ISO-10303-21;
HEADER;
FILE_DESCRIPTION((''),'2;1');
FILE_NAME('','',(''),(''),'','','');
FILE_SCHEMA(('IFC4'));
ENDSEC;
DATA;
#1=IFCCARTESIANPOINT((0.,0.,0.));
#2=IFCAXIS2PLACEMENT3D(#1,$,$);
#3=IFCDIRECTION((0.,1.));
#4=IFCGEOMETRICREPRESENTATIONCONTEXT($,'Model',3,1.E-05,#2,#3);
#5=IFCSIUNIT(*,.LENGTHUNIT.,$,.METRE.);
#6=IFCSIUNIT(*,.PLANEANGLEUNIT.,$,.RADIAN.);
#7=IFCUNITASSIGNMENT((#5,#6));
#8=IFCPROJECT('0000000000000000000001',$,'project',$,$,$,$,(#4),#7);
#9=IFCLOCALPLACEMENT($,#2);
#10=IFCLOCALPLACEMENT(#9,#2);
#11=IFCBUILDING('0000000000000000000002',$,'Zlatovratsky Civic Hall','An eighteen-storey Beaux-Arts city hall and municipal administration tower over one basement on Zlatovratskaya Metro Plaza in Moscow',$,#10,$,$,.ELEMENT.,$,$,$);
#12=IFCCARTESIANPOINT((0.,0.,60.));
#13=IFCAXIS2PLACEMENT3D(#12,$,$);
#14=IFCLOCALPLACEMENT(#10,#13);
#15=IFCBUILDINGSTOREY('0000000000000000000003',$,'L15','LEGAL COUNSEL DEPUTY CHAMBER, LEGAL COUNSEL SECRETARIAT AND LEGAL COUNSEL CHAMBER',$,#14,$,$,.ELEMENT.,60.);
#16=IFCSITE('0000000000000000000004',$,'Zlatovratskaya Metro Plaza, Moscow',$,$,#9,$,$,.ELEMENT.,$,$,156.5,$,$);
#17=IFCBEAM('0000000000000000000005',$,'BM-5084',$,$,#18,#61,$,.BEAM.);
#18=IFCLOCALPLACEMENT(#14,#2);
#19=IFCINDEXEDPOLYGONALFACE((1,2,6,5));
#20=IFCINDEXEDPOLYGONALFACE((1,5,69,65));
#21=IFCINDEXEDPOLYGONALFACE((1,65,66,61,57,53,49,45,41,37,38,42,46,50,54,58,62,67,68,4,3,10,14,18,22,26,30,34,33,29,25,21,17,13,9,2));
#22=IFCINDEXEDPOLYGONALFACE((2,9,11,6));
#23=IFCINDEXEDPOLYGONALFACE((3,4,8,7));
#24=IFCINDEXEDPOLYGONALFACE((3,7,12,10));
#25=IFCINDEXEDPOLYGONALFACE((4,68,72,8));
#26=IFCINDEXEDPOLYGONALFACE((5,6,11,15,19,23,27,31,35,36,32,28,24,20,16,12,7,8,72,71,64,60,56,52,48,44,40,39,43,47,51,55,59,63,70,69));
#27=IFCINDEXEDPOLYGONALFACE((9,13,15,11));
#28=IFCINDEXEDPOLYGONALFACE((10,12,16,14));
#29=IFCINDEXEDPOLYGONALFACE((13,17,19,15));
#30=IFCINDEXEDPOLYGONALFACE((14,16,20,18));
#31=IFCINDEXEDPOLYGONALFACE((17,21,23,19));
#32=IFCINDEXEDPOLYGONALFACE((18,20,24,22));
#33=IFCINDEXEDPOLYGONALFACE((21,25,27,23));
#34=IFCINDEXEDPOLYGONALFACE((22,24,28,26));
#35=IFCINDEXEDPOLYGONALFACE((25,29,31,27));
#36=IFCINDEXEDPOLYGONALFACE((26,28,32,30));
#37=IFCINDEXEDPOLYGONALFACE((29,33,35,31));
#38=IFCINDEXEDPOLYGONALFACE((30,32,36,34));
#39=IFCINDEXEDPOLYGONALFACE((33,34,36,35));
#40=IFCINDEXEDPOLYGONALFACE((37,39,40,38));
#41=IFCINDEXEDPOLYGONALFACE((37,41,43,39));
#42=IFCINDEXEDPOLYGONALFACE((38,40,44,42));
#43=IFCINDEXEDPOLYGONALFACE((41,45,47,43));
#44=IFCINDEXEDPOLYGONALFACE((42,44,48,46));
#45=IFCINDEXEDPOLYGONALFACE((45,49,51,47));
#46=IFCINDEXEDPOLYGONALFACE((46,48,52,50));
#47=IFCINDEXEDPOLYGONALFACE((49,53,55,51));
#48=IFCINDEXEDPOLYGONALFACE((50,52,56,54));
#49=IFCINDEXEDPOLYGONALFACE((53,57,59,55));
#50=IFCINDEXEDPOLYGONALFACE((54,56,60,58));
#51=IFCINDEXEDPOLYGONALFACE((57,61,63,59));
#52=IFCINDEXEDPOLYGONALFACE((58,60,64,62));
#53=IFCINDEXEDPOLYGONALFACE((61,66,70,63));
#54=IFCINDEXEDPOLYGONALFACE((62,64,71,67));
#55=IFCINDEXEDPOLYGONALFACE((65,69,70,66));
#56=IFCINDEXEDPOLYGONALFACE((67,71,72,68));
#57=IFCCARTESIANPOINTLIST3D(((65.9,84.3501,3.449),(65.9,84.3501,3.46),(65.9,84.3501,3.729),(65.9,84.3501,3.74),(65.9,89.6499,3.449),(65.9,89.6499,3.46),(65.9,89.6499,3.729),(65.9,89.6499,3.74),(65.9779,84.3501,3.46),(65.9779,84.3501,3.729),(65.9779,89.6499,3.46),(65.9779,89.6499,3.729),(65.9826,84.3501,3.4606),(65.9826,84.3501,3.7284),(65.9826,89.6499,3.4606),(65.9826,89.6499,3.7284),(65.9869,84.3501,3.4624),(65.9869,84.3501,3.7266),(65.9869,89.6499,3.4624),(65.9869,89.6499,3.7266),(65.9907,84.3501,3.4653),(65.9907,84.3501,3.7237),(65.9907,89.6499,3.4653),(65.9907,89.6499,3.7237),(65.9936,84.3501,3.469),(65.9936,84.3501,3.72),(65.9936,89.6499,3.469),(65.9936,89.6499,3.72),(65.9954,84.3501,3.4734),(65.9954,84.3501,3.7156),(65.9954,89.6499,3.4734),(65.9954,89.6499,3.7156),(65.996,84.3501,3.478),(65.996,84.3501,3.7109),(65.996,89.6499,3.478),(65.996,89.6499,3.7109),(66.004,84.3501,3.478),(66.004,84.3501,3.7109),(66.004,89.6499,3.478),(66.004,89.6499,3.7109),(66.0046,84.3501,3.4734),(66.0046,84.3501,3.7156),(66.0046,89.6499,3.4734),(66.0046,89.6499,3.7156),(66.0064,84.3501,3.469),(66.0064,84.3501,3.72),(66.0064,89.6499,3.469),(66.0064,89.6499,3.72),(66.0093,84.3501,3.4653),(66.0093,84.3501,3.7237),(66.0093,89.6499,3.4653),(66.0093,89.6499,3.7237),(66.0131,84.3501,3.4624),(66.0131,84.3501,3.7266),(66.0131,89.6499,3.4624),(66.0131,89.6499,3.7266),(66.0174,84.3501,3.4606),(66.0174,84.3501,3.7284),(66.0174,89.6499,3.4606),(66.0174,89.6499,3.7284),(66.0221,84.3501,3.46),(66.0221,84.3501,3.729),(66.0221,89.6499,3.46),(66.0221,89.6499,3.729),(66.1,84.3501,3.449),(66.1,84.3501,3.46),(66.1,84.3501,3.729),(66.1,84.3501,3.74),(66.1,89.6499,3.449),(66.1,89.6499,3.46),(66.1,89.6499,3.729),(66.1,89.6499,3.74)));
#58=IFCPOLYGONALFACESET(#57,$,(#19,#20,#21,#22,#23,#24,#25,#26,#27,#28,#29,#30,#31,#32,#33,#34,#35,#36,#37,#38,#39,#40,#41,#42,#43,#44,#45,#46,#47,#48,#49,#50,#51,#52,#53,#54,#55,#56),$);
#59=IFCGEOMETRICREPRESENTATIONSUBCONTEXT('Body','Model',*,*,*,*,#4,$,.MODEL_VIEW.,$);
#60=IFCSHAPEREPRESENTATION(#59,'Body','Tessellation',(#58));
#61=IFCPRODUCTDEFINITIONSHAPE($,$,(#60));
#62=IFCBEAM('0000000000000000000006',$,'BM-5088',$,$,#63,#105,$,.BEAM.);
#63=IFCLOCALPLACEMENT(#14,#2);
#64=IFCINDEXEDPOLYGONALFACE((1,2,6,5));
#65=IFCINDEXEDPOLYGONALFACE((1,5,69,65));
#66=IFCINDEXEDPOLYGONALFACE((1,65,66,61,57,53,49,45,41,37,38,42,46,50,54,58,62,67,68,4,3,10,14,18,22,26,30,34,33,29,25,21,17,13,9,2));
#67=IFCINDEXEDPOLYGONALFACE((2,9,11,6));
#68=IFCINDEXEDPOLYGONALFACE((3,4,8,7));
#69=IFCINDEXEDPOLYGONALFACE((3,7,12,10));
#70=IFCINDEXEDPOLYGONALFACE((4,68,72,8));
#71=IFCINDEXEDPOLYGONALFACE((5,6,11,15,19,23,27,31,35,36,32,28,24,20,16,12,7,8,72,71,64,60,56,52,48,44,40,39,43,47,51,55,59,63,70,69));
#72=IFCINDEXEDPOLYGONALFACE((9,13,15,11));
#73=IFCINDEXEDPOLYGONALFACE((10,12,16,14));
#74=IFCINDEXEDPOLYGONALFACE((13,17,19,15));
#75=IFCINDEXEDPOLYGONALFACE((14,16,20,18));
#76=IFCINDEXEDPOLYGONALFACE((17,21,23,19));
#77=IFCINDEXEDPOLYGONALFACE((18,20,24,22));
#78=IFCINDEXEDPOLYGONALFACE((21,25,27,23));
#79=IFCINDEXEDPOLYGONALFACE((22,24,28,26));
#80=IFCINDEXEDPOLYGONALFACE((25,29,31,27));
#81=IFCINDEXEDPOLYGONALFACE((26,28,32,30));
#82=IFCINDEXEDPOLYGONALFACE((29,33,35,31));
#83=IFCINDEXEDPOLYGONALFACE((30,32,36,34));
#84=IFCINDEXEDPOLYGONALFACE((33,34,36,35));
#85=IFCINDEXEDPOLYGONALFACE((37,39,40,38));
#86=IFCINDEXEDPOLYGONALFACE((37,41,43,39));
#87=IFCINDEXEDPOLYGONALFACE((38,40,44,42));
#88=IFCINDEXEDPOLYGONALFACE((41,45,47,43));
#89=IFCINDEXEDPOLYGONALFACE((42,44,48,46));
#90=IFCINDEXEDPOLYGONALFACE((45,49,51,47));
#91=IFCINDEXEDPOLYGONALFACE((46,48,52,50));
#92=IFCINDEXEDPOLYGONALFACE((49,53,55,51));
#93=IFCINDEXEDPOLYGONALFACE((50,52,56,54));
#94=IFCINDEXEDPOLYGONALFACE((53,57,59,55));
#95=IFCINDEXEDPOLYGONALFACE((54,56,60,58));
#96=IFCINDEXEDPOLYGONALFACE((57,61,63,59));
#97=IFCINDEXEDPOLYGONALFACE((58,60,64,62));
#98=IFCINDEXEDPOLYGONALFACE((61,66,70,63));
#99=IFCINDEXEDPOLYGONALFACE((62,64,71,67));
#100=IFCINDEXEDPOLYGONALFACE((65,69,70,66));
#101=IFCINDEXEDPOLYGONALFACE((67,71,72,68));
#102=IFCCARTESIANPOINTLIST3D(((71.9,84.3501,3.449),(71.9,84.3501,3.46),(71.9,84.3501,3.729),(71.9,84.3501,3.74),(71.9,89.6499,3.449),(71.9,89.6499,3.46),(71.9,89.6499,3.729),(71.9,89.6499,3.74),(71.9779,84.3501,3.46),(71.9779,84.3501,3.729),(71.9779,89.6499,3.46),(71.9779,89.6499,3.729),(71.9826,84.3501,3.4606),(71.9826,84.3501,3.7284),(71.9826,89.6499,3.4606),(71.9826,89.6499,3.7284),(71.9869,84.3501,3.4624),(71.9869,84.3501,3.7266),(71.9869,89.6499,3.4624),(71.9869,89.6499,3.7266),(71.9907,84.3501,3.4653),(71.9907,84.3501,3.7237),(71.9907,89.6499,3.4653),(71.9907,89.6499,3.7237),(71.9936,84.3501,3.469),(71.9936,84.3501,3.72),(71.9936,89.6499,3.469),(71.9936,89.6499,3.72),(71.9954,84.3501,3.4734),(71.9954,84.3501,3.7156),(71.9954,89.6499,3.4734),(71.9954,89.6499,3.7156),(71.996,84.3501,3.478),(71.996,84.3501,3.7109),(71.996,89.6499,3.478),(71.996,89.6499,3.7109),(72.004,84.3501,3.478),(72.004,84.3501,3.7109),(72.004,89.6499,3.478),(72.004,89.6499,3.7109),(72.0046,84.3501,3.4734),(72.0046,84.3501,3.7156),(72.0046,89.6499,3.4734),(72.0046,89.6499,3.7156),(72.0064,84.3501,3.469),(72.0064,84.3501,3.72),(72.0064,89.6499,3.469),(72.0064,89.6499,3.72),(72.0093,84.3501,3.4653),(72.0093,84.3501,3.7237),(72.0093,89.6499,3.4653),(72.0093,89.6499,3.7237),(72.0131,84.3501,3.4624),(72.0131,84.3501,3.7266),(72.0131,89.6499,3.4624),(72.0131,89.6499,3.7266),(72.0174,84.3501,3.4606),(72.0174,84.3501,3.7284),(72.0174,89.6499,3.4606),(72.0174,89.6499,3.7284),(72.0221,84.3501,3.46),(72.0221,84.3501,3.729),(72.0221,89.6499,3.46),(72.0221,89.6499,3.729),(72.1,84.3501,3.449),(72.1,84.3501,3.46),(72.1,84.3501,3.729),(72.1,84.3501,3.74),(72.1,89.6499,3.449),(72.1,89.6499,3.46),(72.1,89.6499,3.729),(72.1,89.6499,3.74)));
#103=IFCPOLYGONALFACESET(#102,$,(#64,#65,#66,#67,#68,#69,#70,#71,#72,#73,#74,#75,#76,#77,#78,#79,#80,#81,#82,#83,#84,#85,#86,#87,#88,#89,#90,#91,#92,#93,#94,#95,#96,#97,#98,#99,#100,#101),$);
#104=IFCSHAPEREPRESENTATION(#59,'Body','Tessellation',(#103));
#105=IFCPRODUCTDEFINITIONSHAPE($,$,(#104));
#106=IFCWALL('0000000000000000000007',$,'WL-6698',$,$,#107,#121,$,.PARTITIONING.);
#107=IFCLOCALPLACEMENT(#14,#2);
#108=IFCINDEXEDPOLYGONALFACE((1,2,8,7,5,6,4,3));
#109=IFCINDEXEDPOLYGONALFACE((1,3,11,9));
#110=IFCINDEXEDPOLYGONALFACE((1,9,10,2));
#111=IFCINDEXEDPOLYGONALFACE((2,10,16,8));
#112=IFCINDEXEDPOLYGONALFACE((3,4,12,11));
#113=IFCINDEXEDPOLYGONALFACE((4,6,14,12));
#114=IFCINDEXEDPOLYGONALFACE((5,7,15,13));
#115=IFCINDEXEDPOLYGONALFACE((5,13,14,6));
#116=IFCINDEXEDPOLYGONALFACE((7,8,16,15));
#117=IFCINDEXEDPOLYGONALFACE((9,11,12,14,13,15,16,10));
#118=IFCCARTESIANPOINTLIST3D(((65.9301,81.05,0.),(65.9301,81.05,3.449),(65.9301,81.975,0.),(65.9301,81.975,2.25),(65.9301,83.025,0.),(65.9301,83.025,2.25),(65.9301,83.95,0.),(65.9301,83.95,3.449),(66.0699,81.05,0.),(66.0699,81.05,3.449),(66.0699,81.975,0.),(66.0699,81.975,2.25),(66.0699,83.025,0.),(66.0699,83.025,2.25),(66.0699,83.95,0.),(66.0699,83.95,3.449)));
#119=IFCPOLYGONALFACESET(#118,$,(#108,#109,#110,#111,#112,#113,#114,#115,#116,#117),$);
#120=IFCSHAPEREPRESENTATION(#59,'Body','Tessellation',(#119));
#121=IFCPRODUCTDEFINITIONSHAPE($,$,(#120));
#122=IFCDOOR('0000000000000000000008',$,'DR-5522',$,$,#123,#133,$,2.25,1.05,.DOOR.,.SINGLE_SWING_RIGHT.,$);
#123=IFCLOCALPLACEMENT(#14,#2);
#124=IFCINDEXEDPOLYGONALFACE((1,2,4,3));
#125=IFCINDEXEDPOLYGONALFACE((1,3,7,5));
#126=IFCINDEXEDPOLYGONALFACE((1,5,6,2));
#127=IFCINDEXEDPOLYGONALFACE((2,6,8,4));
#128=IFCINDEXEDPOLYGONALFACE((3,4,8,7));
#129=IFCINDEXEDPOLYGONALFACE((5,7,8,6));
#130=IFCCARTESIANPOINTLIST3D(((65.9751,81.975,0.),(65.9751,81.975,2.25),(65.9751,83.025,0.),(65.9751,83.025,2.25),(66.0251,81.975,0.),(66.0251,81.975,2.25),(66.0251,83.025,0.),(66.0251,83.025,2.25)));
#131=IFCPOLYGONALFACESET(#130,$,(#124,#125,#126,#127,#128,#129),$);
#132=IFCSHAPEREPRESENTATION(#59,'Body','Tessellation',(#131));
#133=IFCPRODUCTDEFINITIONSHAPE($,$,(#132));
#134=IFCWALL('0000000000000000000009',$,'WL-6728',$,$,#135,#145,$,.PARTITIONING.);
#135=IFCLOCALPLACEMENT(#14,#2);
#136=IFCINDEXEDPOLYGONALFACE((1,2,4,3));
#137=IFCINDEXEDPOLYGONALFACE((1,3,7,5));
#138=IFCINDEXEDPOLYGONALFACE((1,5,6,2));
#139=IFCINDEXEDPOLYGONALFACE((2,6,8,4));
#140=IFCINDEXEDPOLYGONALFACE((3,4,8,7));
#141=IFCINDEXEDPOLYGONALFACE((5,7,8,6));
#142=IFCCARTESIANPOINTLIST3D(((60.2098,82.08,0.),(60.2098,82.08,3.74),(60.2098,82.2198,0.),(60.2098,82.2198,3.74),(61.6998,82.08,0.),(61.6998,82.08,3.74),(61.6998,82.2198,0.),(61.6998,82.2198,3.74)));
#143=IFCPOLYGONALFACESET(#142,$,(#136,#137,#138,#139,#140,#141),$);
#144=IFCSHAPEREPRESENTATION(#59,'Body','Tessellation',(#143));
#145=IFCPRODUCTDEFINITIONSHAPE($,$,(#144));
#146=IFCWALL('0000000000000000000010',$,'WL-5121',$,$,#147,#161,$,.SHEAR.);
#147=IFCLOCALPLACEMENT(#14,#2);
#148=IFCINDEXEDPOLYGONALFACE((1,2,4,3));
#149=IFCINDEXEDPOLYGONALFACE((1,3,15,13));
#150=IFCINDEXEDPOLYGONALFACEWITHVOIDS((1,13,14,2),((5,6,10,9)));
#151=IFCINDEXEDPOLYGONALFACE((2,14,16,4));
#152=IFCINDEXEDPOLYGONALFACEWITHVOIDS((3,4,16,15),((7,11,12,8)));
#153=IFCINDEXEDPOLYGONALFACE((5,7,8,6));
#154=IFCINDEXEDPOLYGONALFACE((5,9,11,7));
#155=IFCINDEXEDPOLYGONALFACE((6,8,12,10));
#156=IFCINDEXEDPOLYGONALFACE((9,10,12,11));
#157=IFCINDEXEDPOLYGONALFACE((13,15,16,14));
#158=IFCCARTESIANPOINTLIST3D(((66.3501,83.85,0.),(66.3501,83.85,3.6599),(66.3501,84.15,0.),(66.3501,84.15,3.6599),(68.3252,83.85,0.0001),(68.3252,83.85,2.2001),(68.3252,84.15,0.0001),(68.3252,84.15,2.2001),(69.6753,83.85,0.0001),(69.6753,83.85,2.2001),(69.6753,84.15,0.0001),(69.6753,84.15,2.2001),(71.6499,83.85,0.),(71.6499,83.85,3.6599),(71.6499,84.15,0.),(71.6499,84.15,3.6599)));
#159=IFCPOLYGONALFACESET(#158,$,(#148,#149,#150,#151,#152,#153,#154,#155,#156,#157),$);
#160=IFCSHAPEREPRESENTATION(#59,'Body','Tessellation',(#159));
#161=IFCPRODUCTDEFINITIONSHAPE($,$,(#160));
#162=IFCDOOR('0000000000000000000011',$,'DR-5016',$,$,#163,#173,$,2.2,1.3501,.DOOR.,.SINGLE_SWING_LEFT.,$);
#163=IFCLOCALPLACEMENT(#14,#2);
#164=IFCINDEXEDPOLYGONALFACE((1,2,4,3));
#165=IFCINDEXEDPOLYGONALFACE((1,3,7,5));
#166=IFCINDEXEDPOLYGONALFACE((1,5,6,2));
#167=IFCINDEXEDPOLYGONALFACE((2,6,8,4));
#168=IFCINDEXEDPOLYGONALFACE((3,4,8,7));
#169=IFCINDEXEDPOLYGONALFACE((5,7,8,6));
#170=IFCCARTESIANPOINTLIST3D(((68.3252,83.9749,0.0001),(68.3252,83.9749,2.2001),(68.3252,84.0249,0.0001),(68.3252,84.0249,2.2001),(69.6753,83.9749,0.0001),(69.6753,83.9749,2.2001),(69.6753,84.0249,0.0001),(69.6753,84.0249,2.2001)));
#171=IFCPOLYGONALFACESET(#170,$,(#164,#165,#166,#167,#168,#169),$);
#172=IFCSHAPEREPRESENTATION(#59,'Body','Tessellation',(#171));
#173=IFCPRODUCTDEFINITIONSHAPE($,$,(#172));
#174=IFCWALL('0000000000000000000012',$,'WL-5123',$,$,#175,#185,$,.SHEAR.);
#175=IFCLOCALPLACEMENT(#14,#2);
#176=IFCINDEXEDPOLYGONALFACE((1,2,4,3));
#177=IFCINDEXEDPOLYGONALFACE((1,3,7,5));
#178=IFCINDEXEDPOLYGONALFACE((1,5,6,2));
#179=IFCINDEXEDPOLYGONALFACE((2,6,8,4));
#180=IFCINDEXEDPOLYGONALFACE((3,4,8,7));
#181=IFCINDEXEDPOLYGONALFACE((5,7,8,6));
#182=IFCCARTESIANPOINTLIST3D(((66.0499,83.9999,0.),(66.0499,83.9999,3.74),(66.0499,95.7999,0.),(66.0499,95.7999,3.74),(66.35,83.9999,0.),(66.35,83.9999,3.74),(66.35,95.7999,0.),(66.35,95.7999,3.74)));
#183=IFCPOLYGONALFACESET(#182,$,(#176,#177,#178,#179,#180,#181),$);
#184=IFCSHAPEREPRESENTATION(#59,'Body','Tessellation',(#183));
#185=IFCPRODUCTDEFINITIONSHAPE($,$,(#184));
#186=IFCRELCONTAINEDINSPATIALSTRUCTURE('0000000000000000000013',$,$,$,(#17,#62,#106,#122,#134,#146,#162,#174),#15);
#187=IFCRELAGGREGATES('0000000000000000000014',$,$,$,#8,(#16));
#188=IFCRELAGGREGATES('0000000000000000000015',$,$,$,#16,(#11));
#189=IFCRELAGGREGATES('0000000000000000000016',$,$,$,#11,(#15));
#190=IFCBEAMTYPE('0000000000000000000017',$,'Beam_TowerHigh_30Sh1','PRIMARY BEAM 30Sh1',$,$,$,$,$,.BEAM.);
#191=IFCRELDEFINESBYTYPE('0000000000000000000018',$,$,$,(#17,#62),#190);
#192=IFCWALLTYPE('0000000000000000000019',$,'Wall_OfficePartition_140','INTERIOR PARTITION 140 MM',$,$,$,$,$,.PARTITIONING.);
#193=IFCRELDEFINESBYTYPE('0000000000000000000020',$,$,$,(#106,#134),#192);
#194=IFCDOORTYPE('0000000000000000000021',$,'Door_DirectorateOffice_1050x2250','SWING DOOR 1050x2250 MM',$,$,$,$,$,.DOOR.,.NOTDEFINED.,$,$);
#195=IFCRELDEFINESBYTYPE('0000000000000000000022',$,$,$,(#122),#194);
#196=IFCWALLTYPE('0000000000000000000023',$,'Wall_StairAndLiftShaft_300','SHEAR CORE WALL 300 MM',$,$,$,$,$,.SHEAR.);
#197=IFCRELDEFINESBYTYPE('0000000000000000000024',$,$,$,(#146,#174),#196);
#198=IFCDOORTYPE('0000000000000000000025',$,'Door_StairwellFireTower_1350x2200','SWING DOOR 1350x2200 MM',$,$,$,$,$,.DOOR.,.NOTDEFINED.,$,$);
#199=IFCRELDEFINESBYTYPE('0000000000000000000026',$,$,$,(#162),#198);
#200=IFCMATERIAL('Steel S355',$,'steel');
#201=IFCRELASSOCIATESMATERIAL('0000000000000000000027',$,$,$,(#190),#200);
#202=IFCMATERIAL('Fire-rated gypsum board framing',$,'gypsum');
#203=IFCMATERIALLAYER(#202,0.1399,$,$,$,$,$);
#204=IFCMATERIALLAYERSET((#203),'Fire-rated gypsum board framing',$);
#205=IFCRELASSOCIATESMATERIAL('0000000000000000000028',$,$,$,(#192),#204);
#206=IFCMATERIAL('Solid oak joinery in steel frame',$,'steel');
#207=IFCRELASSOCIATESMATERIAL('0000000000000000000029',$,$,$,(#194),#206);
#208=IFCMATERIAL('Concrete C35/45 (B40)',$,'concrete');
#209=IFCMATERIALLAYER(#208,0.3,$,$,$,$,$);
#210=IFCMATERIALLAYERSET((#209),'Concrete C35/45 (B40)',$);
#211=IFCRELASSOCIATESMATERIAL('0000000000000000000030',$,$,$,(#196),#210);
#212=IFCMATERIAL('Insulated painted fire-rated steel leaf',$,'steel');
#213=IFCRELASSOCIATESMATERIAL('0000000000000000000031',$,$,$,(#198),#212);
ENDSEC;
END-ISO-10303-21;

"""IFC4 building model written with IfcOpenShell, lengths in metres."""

from ifc_helpers import new_model, si_unit, direction, frame, frame_2d, origin, origin_2d, place, context, subcontext, project, spatial, rectangle, i_section, extrude, material, layer, layer_set, material_profile, profile_set, type_object, element, fill, save


model = new_model("IFC4")

# Units and contexts
model_context = context("Model", 3, precision=1e-05, world=origin(), true_north=direction((0.0, 1.0)))
body_context = subcontext(model_context, "Body", "Model", "MODEL_VIEW")
ifc_project = project(units=[si_unit("LENGTHUNIT", "METRE"), si_unit("PLANEANGLEUNIT", "RADIAN")], contexts=[model_context])

# Site, building, storey
site_placement = place(None, origin())
site = spatial("IfcSite", under=ifc_project, at=site_placement, Name="Zlatovratskaya Metro Plaza, Moscow", CompositionType="ELEMENT", RefElevation=156.5)
building_placement = place(site_placement, origin())
building = spatial("IfcBuilding", under=site, at=building_placement, Name="Zlatovratsky Civic Hall", Description="An eighteen-storey Beaux-Arts city hall and municipal administration tower over one basement on Zlatovratskaya Metro Plaza in Moscow", CompositionType="ELEMENT")
storey_placement = place(building_placement, frame((0.0, 0.0, 60.0)))
storey = spatial("IfcBuildingStorey", under=building, at=storey_placement, Name="L15", Description="LEGAL COUNSEL DEPUTY CHAMBER, LEGAL COUNSEL SECRETARIAT AND LEGAL COUNSEL CHAMBER", CompositionType="ELEMENT", Elevation=60.0)

# Shared definitions
ifc_material_1 = material(Name="Concrete C35/45 (B40)", Category="concrete")

# Beams
ifc_material_2 = material(Name="Steel S355", Category="steel")
ifc_material_profile_1 = material_profile(ifc_material_2, i_section(OverallWidth=0.2, OverallDepth=0.291, WebThickness=0.0081, FlangeThickness=0.011, FilletRadius=0.0181, at=origin_2d()), Name="30Sh1")
ifc_profile_set_1 = profile_set([ifc_material_profile_1], Name="Steel S355")
beam_type_1 = type_object("IfcBeamType", Name="Beam_TowerHigh_30Sh1", Description="PRIMARY BEAM 30Sh1", PredefinedType="BEAM", material=ifc_profile_set_1)
for number, where, z_axis, x_axis, name in (
    (1, (66.0, 84.3501, 3.5945), (0.0, 1.0, 0.0), (-1.0, 0.0, 0.0), "BM-5084"),
    (2, (72.0, 84.3501, 3.5945), (0.0, 1.0, 0.0), (-1.0, 0.0, 0.0), "BM-5088"),
):
    element("IfcBeam", number, at=place(storey_placement, frame(where, z_axis=z_axis, x_axis=x_axis)), inside=storey, type_object=beam_type_1, Name=name, PredefinedType="BEAM", context=body_context, shape_type="SweptSolid", body=[
        extrude(i_section(OverallWidth=0.2, OverallDepth=0.291, WebThickness=0.0081, FlangeThickness=0.011, FilletRadius=0.0181, at=origin_2d()), origin(), (0.0, 0.0, 1.0), 5.2998),
    ])

# Wall, opening, door
ifc_material_3 = material(Name="Fire-rated gypsum board framing", Category="gypsum")
ifc_layer_1 = layer(ifc_material_3, 0.1399)
ifc_layer_set_1 = layer_set([ifc_layer_1], Name="Fire-rated gypsum board framing")
wall_type_1 = type_object("IfcWallType", Name="Wall_OfficePartition_140", Description="INTERIOR PARTITION 140 MM", PredefinedType="PARTITIONING", material=ifc_layer_set_1)
wall_1_placement = place(storey_placement, frame((66.0, 81.05, 0.0), z_axis=(0.0, 0.0, 1.0), x_axis=(0.0, 1.0, 0.0)))
wall_1 = element("IfcWall", 3, at=wall_1_placement, inside=storey, type_object=wall_type_1, Name="WL-6698", PredefinedType="PARTITIONING", context=body_context, shape_type="SweptSolid", body=[
    extrude(rectangle(XDim=2.8999, YDim=0.1399, at=frame_2d((1.45, 0.0))), origin(), (0.0, 0.0, 1.0), 3.449),
])
opening_1_placement = place(wall_1_placement, frame((0.925, 0.0, 0.0)))
opening_1 = element("IfcOpeningElement", 4, at=opening_1_placement, cuts=wall_1, PredefinedType="OPENING", context=body_context, shape_type="SweptSolid", body=[
    extrude(rectangle(XDim=1.05, YDim=2.25, at=frame_2d((0.5249, 1.125))), frame((0.0, 0.085, 0.0), z_axis=(0.0, -1.0, 0.0), x_axis=(1.0, 0.0, 0.0)), (0.0, 0.0, 1.0), 0.1697),
])
ifc_material_4 = material(Name="Solid oak joinery in steel frame", Category="steel")
door_type_1 = type_object("IfcDoorType", Name="Door_DirectorateOffice_1050x2250", Description="SWING DOOR 1050x2250 MM", OperationType="NOTDEFINED", PredefinedType="DOOR", material=ifc_material_4)
door_1_placement = place(opening_1_placement, origin())
door_1 = element("IfcDoor", 5, at=door_1_placement, inside=storey, type_object=door_type_1, Name="DR-5522", OperationType="SINGLE_SWING_RIGHT", OverallHeight=2.25, OverallWidth=1.05, PredefinedType="DOOR", context=body_context, shape_type="SweptSolid", body=[
    extrude(rectangle(XDim=1.05, YDim=2.25, at=frame_2d((0.5249, 1.125))), frame((0.0, 0.0249, 0.0), z_axis=(0.0, -1.0, 0.0), x_axis=(1.0, 0.0, 0.0)), (0.0, 0.0, 1.0), 0.05),
])
fill(opening_1, door_1)

# Wall
wall_2_placement = place(storey_placement, frame((61.7, 82.1499, 0.0), z_axis=(0.0, 0.0, 1.0), x_axis=(-1.0, 0.0, 0.0)))
element("IfcWall", 6, at=wall_2_placement, inside=storey, type_object=wall_type_1, Name="WL-6728", PredefinedType="PARTITIONING", context=body_context, shape_type="SweptSolid", body=[
    extrude(rectangle(XDim=1.49, YDim=0.1399, at=frame_2d((0.7451, 0.0))), origin(), (0.0, 0.0, 1.0), 3.74),
])

# Wall, opening, door
ifc_layer_2 = layer(ifc_material_1, 0.3)
ifc_layer_set_2 = layer_set([ifc_layer_2], Name="Concrete C35/45 (B40)")
wall_type_2 = type_object("IfcWallType", Name="Wall_StairAndLiftShaft_300", Description="SHEAR CORE WALL 300 MM", PredefinedType="SHEAR", material=ifc_layer_set_2)
wall_3_placement = place(storey_placement, frame((66.3501, 84.0, 0.0), z_axis=(0.0, 0.0, 1.0), x_axis=(1.0, 0.0, 0.0)))
wall_3 = element("IfcWall", 7, at=wall_3_placement, inside=storey, type_object=wall_type_2, Name="WL-5121", PredefinedType="SHEAR", context=body_context, shape_type="SweptSolid", body=[
    extrude(rectangle(XDim=5.2998, YDim=0.3, at=frame_2d((2.6499, 0.0))), origin(), (0.0, 0.0, 1.0), 3.6599),
])
opening_2_placement = place(wall_3_placement, frame((1.9751, 0.0, 0.0)))
opening_2 = element("IfcOpeningElement", 8, at=opening_2_placement, cuts=wall_3, PredefinedType="OPENING", context=body_context, shape_type="SweptSolid", body=[
    extrude(rectangle(XDim=1.3501, YDim=2.2, at=frame_2d((0.675, 1.1001))), frame((0.0, 0.165, 0.0), z_axis=(0.0, -1.0, 0.0), x_axis=(1.0, 0.0, 0.0)), (0.0, 0.0, 1.0), 0.3298),
])
ifc_material_5 = material(Name="Insulated painted fire-rated steel leaf", Category="steel")
door_type_2 = type_object("IfcDoorType", Name="Door_StairwellFireTower_1350x2200", Description="SWING DOOR 1350x2200 MM", OperationType="NOTDEFINED", PredefinedType="DOOR", material=ifc_material_5)
door_2_placement = place(opening_2_placement, origin())
door_2 = element("IfcDoor", 9, at=door_2_placement, inside=storey, type_object=door_type_2, Name="DR-5016", OperationType="SINGLE_SWING_LEFT", OverallHeight=2.2, OverallWidth=1.3501, PredefinedType="DOOR", context=body_context, shape_type="SweptSolid", body=[
    extrude(rectangle(XDim=1.3501, YDim=2.2, at=frame_2d((0.675, 1.1001))), frame((0.0, 0.0249, 0.0), z_axis=(0.0, -1.0, 0.0), x_axis=(1.0, 0.0, 0.0)), (0.0, 0.0, 1.0), 0.05),
])
fill(opening_2, door_2)

# Wall
for number, where, z_axis, x_axis, name in (
    (10, (66.2, 84.0, 0.0), (0.0, 0.0, 1.0), (0.0, 1.0, 0.0), "WL-5123"),
):
    element("IfcWall", number, at=place(storey_placement, frame(where, z_axis=z_axis, x_axis=x_axis)), inside=storey, type_object=wall_type_2, Name=name, PredefinedType="SHEAR", context=body_context, shape_type="SweptSolid", body=[
        extrude(rectangle(XDim=11.8, YDim=0.3, at=frame_2d((5.8999, 0.0))), origin(), (0.0, 0.0, 1.0), 3.74),
    ])

save(model, "model.ifc")
